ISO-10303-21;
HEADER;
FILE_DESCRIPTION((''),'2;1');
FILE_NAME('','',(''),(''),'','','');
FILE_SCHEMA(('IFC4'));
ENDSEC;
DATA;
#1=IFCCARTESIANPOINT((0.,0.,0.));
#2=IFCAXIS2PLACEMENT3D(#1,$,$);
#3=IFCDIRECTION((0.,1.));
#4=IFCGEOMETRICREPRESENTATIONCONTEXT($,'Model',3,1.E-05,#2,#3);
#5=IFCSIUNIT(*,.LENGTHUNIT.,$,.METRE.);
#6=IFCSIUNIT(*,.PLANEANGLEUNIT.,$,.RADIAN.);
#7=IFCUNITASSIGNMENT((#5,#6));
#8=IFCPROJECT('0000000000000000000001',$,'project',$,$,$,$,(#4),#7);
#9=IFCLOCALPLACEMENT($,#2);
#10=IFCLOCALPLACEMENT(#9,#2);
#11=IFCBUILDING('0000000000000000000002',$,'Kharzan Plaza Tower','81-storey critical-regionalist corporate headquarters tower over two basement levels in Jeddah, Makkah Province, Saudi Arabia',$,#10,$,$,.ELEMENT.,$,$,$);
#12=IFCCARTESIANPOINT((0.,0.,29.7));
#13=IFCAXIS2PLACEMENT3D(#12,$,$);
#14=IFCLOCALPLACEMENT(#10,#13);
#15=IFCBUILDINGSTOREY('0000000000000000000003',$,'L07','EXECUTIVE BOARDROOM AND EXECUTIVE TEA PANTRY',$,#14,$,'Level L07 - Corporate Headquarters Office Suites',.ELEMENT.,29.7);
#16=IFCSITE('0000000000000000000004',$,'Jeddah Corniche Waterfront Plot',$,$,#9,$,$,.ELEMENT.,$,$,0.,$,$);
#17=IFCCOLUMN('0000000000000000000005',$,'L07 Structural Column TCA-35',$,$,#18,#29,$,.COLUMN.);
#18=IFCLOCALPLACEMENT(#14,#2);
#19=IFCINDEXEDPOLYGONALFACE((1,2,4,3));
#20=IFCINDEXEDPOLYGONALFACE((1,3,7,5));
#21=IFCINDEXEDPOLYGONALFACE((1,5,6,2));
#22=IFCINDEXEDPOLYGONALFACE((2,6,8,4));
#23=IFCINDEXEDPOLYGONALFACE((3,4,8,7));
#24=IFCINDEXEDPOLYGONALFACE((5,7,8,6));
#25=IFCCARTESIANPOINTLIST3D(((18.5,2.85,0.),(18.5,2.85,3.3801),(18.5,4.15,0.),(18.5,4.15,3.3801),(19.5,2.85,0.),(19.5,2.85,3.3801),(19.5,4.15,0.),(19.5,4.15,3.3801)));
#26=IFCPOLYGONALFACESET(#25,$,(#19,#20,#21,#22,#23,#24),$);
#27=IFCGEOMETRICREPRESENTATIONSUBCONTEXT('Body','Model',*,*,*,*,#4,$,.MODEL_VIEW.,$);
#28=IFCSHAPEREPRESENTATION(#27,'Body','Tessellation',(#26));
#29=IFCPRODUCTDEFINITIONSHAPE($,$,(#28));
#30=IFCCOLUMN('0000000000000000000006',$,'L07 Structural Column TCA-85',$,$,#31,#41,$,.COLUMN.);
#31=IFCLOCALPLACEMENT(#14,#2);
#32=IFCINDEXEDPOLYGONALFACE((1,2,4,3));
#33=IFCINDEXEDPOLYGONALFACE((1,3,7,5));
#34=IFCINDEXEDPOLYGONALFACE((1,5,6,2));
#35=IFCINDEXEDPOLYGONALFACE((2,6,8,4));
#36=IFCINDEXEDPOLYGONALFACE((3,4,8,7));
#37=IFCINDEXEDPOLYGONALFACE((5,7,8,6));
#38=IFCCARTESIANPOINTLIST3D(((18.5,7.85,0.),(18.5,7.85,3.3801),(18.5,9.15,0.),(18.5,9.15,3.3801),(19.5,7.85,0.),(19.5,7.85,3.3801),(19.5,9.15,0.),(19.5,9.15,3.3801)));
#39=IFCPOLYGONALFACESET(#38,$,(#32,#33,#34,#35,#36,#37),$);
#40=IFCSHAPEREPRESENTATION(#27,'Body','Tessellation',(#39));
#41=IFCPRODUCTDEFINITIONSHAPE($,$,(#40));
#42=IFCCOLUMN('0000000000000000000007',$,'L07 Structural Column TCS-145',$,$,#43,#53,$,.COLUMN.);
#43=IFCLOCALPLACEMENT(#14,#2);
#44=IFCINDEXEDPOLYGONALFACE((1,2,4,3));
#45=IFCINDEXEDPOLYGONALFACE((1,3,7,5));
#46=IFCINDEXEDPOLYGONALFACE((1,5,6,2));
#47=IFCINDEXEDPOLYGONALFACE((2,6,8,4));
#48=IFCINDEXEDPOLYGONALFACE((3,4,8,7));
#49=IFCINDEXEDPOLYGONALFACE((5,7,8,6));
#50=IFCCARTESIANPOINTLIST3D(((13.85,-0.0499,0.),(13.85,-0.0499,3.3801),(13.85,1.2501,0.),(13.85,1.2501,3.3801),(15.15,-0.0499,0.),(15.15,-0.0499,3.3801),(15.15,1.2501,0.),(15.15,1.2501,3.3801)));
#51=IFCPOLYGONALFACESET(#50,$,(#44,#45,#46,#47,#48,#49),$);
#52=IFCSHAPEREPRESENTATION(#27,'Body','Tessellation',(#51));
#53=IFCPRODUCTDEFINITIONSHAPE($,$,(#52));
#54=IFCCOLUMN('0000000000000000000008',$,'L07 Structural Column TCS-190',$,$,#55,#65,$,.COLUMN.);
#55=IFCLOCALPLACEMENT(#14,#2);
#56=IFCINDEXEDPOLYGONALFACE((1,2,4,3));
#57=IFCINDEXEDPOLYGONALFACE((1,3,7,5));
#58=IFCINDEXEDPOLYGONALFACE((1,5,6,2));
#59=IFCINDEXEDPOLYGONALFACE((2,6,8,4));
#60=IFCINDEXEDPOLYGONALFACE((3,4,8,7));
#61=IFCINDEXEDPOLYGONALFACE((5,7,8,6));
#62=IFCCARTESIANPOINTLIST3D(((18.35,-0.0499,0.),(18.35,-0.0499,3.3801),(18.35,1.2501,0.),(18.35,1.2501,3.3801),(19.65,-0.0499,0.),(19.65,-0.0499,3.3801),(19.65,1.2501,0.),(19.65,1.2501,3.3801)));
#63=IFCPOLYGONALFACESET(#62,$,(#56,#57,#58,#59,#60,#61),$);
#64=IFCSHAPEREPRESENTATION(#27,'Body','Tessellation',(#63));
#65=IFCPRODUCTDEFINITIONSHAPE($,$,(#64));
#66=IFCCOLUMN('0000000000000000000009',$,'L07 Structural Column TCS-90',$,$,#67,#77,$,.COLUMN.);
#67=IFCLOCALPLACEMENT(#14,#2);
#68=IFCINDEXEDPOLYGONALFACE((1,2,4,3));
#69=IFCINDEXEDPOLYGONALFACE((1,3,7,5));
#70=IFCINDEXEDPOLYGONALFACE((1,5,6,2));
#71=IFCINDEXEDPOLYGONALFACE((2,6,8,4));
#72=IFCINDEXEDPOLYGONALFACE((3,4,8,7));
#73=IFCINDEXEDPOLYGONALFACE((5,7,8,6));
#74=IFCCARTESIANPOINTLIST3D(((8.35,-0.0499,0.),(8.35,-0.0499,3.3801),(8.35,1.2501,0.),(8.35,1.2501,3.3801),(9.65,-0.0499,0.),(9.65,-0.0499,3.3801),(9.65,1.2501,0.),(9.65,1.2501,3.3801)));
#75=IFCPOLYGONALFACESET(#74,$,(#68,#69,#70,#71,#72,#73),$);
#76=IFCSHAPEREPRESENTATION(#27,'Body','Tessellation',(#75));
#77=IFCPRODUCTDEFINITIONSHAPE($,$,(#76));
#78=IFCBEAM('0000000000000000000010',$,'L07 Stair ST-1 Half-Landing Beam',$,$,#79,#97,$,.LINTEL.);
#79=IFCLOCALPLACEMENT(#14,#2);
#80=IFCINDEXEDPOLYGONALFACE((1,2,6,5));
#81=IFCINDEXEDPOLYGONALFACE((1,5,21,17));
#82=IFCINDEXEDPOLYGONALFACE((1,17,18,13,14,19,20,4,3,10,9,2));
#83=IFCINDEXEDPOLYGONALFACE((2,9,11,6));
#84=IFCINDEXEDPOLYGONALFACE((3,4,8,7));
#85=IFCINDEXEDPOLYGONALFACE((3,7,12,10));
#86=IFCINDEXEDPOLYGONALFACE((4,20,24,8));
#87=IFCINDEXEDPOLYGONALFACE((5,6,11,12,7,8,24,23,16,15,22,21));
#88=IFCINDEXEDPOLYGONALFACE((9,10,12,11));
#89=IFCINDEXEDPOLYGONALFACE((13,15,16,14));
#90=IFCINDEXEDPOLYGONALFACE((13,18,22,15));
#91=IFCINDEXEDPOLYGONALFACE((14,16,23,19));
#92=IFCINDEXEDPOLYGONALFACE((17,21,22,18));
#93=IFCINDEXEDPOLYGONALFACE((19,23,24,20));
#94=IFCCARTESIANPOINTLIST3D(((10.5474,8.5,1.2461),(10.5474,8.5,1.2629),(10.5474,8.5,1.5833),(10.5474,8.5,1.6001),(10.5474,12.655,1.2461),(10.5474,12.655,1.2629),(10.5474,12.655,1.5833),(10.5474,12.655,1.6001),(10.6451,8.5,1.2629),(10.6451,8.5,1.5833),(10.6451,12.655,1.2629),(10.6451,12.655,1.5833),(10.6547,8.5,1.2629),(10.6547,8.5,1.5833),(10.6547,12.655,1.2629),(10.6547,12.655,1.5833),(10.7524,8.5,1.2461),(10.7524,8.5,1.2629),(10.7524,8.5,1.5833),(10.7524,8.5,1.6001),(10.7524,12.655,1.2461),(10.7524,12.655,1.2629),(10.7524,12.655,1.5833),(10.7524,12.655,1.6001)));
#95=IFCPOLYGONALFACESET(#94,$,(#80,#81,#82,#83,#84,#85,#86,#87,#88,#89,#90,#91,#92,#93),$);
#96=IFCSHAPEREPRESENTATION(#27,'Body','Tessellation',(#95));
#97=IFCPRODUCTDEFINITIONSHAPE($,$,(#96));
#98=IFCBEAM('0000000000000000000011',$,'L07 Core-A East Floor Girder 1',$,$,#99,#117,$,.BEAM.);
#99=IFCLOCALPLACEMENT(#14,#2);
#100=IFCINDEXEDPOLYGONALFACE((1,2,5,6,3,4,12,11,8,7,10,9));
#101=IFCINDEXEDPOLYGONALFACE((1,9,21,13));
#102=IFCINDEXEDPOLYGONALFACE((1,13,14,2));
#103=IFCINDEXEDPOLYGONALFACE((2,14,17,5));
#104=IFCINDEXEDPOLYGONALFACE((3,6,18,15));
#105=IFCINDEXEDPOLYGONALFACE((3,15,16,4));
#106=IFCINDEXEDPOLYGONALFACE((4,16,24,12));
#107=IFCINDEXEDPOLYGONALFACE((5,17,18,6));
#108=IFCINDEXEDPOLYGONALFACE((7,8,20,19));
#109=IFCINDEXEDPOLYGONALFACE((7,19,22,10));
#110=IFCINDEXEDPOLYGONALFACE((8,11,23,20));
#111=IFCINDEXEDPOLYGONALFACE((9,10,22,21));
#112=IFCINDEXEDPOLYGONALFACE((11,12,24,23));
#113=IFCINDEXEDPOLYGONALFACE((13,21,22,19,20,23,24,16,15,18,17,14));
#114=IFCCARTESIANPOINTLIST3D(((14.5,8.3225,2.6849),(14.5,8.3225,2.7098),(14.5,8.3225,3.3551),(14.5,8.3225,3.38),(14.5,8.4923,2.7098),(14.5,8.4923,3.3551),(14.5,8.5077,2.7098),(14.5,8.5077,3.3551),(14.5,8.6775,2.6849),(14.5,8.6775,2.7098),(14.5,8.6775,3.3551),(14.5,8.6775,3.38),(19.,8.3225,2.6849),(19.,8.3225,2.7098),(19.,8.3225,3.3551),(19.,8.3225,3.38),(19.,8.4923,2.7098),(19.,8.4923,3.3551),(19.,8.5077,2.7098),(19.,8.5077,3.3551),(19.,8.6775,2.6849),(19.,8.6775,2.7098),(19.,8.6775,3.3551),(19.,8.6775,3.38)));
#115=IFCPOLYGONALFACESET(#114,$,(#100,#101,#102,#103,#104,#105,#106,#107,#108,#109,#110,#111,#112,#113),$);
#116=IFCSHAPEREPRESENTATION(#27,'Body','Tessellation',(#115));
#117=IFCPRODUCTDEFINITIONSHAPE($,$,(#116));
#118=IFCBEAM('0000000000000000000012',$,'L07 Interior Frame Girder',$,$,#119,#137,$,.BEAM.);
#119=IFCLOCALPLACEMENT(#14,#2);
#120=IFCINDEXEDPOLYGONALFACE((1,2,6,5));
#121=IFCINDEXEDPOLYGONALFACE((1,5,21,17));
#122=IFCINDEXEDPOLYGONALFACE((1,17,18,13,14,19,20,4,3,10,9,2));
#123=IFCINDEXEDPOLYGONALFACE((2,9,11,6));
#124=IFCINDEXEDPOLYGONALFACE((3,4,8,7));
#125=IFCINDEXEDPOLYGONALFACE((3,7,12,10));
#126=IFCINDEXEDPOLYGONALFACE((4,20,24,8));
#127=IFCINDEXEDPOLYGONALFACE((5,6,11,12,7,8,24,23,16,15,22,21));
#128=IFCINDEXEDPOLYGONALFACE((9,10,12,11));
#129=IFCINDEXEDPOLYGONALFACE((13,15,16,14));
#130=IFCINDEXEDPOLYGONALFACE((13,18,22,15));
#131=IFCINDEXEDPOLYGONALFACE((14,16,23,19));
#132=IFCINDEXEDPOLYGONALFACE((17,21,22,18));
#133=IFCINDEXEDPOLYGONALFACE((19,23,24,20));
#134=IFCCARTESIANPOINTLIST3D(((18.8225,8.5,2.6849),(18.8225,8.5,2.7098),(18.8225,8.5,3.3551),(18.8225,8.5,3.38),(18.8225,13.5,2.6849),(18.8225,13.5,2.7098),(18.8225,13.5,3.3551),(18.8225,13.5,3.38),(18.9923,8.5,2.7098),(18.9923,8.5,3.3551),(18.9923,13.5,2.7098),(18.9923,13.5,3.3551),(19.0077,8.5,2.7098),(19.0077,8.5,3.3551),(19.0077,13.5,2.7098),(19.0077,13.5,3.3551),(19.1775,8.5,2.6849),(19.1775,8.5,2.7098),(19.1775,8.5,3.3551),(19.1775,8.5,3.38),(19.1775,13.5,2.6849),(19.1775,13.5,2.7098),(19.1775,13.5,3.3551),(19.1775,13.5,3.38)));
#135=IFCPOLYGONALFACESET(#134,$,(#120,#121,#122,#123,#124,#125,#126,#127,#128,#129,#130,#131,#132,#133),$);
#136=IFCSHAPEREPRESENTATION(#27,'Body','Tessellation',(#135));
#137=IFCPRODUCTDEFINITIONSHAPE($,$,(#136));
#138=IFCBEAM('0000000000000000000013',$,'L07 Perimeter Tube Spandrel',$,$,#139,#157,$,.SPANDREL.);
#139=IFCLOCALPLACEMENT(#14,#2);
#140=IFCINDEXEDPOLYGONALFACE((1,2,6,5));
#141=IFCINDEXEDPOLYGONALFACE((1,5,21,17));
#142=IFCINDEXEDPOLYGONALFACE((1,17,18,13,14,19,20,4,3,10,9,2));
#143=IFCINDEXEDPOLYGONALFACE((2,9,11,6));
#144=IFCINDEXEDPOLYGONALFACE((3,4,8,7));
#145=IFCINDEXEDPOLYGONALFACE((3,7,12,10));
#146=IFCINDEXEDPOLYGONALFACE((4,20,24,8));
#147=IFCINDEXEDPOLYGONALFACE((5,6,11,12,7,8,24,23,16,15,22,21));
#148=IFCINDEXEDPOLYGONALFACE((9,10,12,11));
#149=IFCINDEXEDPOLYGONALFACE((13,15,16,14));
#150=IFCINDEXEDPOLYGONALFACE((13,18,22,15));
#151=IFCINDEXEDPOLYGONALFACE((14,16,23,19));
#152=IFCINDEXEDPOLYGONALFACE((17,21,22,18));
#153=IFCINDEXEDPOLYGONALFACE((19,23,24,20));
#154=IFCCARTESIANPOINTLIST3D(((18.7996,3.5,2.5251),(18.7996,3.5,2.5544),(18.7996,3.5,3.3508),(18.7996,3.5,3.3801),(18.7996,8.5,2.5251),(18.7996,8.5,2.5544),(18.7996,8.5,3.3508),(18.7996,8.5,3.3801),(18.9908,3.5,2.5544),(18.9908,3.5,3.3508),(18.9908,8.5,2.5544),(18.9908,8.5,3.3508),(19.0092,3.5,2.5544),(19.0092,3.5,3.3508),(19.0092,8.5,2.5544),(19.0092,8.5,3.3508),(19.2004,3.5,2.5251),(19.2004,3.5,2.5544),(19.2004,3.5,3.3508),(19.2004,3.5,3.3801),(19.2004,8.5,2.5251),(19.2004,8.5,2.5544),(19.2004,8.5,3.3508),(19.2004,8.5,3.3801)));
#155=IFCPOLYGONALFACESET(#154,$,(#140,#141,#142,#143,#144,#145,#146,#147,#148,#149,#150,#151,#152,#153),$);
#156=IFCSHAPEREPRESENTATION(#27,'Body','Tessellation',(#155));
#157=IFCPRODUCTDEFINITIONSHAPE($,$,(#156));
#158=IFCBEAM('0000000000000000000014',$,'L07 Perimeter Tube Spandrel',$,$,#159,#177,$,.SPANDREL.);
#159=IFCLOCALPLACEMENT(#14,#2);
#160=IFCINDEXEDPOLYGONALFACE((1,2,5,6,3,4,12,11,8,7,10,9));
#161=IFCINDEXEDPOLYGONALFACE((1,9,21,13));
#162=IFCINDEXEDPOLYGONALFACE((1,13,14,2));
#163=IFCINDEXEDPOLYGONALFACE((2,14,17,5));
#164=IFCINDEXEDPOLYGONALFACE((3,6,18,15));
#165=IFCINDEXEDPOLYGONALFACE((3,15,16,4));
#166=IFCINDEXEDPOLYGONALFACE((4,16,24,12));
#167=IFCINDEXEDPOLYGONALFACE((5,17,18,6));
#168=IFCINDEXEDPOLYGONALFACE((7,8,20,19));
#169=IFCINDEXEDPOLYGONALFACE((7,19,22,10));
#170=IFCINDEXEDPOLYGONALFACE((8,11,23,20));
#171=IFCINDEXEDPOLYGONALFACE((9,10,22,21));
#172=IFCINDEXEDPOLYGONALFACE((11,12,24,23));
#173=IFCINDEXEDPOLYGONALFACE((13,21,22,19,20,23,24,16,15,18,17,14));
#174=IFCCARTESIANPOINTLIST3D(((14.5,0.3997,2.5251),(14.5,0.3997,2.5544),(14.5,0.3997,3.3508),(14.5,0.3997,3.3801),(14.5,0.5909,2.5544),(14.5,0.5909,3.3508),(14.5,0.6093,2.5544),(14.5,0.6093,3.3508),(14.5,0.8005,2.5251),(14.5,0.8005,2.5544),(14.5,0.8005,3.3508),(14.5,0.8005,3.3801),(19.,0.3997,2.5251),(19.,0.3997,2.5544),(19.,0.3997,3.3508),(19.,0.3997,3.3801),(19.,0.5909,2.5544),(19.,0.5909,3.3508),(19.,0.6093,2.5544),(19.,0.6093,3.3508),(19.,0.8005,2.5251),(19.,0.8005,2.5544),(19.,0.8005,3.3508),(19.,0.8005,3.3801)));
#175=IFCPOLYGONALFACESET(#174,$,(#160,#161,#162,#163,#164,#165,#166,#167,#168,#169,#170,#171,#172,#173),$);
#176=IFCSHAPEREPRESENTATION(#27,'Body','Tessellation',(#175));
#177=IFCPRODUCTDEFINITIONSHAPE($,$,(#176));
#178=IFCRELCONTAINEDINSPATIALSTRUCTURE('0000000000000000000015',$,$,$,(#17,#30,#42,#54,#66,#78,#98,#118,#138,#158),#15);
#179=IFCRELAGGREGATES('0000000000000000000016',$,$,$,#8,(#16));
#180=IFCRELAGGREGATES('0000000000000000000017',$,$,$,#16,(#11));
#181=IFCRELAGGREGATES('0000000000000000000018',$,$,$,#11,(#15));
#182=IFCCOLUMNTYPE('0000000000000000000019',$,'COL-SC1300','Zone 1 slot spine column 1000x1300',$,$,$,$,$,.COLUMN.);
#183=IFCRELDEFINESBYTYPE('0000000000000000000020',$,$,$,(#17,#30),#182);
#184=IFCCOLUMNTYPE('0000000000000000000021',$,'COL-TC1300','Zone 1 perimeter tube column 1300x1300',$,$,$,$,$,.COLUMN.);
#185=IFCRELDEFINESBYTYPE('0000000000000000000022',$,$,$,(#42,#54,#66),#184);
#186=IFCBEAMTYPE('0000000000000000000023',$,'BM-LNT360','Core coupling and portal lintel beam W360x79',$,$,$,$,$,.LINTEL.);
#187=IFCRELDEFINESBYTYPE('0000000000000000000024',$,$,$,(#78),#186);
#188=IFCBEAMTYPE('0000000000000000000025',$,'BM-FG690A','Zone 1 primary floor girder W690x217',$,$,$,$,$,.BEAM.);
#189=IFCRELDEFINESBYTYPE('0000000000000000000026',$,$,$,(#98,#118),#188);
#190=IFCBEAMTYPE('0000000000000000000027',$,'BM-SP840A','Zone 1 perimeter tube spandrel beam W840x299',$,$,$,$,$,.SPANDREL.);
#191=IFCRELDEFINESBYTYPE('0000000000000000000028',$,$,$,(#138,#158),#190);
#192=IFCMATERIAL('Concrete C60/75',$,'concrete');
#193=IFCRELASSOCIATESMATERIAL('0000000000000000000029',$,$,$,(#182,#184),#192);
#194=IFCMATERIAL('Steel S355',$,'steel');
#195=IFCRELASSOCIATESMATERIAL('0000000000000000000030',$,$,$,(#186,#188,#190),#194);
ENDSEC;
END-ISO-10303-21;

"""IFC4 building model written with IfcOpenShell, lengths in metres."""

from ifc_helpers import new_model, si_unit, direction, frame, origin, origin_2d, place, context, subcontext, project, spatial, rectangle, i_section, extrude, source, transform, mapped, material, material_profile, profile_set, type_object, element, save


model = new_model("IFC4")

# Units and contexts
model_context = context("Model", 3, precision=1e-05, world=origin(), true_north=direction((0.0, 1.0)))
body_context = subcontext(model_context, "Body", "Model", "MODEL_VIEW")
ifc_project = project(units=[si_unit("LENGTHUNIT", "METRE"), si_unit("PLANEANGLEUNIT", "RADIAN")], contexts=[model_context])

# Site, building, storey
site_placement = place(None, origin())
site = spatial("IfcSite", under=ifc_project, at=site_placement, Name="Jeddah Corniche Waterfront Plot", CompositionType="ELEMENT", RefElevation=0.0)
building_placement = place(site_placement, origin())
building = spatial("IfcBuilding", under=site, at=building_placement, Name="Kharzan Plaza Tower", Description="81-storey critical-regionalist corporate headquarters tower over two basement levels in Jeddah, Makkah Province, Saudi Arabia", CompositionType="ELEMENT")
storey_placement = place(building_placement, frame((0.0, 0.0, 29.7)))
storey = spatial("IfcBuildingStorey", under=building, at=storey_placement, Name="L07", Description="EXECUTIVE BOARDROOM AND EXECUTIVE TEA PANTRY", LongName="Level L07 - Corporate Headquarters Office Suites", CompositionType="ELEMENT", Elevation=29.7)

# Columns
ifc_material_1 = material(Name="Concrete C60/75", Category="concrete")
ifc_material_profile_1 = material_profile(ifc_material_1, rectangle(XDim=1.0, YDim=1.3, at=origin_2d()), Name="RC-SC1300x1000")
ifc_profile_set_1 = profile_set([ifc_material_profile_1], Name="Concrete C60/75")
column_type_1 = type_object("IfcColumnType", Name="COL-SC1300", Description="Zone 1 slot spine column 1000x1300", PredefinedType="COLUMN", material=ifc_profile_set_1)
shared_shape_1 = source(origin(), body_context, "Body", "SweptSolid", [
    extrude(rectangle(XDim=1.0, YDim=1.3, at=origin_2d()), origin(), (0.0, 0.0, 1.0), 3.3801),
])
for number, where, z_axis, x_axis, name in (
    (1, (19.0, 3.5, 0.0), (0.0, 0.0, 1.0), (1.0, 0.0, 0.0), "L07 Structural Column TCA-35"),
    (2, (19.0, 8.5, 0.0), (0.0, 0.0, 1.0), (1.0, 0.0, 0.0), "L07 Structural Column TCA-85"),
):
    element("IfcColumn", number, at=place(storey_placement, frame(where, z_axis=z_axis, x_axis=x_axis)), inside=storey, type_object=column_type_1, Name=name, PredefinedType="COLUMN", context=body_context, shape_type="MappedRepresentation", body=[
        mapped(shared_shape_1, transform((0.0, 0.0, 0.0), x_axis=(1.0, 0.0, 0.0), y_axis=(0.0, 1.0, 0.0), z_axis=(0.0, 0.0, 1.0))),
    ])
ifc_material_profile_2 = material_profile(ifc_material_1, rectangle(XDim=1.3, YDim=1.3, at=origin_2d()), Name="RC-TC1300x1300")
ifc_profile_set_2 = profile_set([ifc_material_profile_2], Name="Concrete C60/75")
column_type_2 = type_object("IfcColumnType", Name="COL-TC1300", Description="Zone 1 perimeter tube column 1300x1300", PredefinedType="COLUMN", material=ifc_profile_set_2)
shared_shape_2 = source(origin(), body_context, "Body", "SweptSolid", [
    extrude(rectangle(XDim=1.3, YDim=1.3, at=origin_2d()), origin(), (0.0, 0.0, 1.0), 3.3801),
])
for number, where, z_axis, x_axis, name in (
    (3, (14.5, 0.6001, 0.0), (0.0, 0.0, 1.0), (1.0, 0.0, 0.0), "L07 Structural Column TCS-145"),
    (4, (19.0, 0.6001, 0.0), (0.0, 0.0, 1.0), (1.0, 0.0, 0.0), "L07 Structural Column TCS-190"),
    (5, (9.0, 0.6001, 0.0), (0.0, 0.0, 1.0), (1.0, 0.0, 0.0), "L07 Structural Column TCS-90"),
):
    element("IfcColumn", number, at=place(storey_placement, frame(where, z_axis=z_axis, x_axis=x_axis)), inside=storey, type_object=column_type_2, Name=name, PredefinedType="COLUMN", context=body_context, shape_type="MappedRepresentation", body=[
        mapped(shared_shape_2, transform((0.0, 0.0, 0.0), x_axis=(1.0, 0.0, 0.0), y_axis=(0.0, 1.0, 0.0), z_axis=(0.0, 0.0, 1.0))),
    ])

# Beams
ifc_material_2 = material(Name="Steel S355", Category="steel")
ifc_material_profile_3 = material_profile(ifc_material_2, i_section(OverallWidth=0.2051, OverallDepth=0.354, WebThickness=0.0095, FlangeThickness=0.0168, at=origin_2d()), Name="W360x79")
ifc_profile_set_3 = profile_set([ifc_material_profile_3], Name="Steel S355")
beam_type_1 = type_object("IfcBeamType", Name="BM-LNT360", Description="Core coupling and portal lintel beam W360x79", PredefinedType="LINTEL", material=ifc_profile_set_3)
shared_shape_3 = source(origin(), body_context, "Body", "SweptSolid", [
    extrude(i_section(OverallWidth=0.2051, OverallDepth=0.354, WebThickness=0.0095, FlangeThickness=0.0168, at=origin_2d()), origin(), (0.0, 0.0, 1.0), 4.155),
])
beam_1_placement = place(storey_placement, frame((10.6499, 8.5, 1.4231), z_axis=(0.0, 1.0, 0.0), x_axis=(-1.0, 0.0, 0.0)))
element("IfcBeam", 6, at=beam_1_placement, inside=storey, type_object=beam_type_1, Name="L07 Stair ST-1 Half-Landing Beam", PredefinedType="LINTEL", context=body_context, shape_type="MappedRepresentation", body=[
    mapped(shared_shape_3, transform((0.0, 0.0, 0.0), x_axis=(1.0, 0.0, 0.0), y_axis=(0.0, 1.0, 0.0), z_axis=(0.0, 0.0, 1.0))),
])
ifc_material_profile_4 = material_profile(ifc_material_2, i_section(OverallWidth=0.355, OverallDepth=0.6951, WebThickness=0.0154, FlangeThickness=0.0249, at=origin_2d()), Name="W690x217")
ifc_profile_set_4 = profile_set([ifc_material_profile_4], Name="Steel S355")
beam_type_2 = type_object("IfcBeamType", Name="BM-FG690A", Description="Zone 1 primary floor girder W690x217", PredefinedType="BEAM", material=ifc_profile_set_4)
shared_shape_4 = source(origin(), body_context, "Body", "SweptSolid", [
    extrude(i_section(OverallWidth=0.355, OverallDepth=0.6951, WebThickness=0.0154, FlangeThickness=0.0249, at=origin_2d()), origin(), (0.0, 0.0, 1.0), 4.5),
])
beam_2_placement = place(storey_placement, frame((14.5, 8.5, 3.0325), z_axis=(1.0, 0.0, 0.0), x_axis=(0.0, 1.0, 0.0)))
element("IfcBeam", 7, at=beam_2_placement, inside=storey, type_object=beam_type_2, Name="L07 Core-A East Floor Girder 1", PredefinedType="BEAM", context=body_context, shape_type="MappedRepresentation", body=[
    mapped(shared_shape_4, transform((0.0, 0.0, 0.0), x_axis=(1.0, 0.0, 0.0), y_axis=(0.0, 1.0, 0.0), z_axis=(0.0, 0.0, 1.0))),
])
shared_shape_5 = source(origin(), body_context, "Body", "SweptSolid", [
    extrude(i_section(OverallWidth=0.355, OverallDepth=0.6951, WebThickness=0.0154, FlangeThickness=0.0249, at=origin_2d()), origin(), (0.0, 0.0, 1.0), 5.0),
])
beam_3_placement = place(storey_placement, frame((19.0, 8.5, 3.0325), z_axis=(0.0, 1.0, 0.0), x_axis=(-1.0, 0.0, 0.0)))
element("IfcBeam", 8, at=beam_3_placement, inside=storey, type_object=beam_type_2, Name="L07 Interior Frame Girder", PredefinedType="BEAM", context=body_context, shape_type="MappedRepresentation", body=[
    mapped(shared_shape_5, transform((0.0, 0.0, 0.0), x_axis=(1.0, 0.0, 0.0), y_axis=(0.0, 1.0, 0.0), z_axis=(0.0, 0.0, 1.0))),
])
ifc_material_profile_5 = material_profile(ifc_material_2, i_section(OverallWidth=0.4009, OverallDepth=0.855, WebThickness=0.0183, FlangeThickness=0.0293, at=origin_2d()), Name="W840x299")
ifc_profile_set_5 = profile_set([ifc_material_profile_5], Name="Steel S355")
beam_type_3 = type_object("IfcBeamType", Name="BM-SP840A", Description="Zone 1 perimeter tube spandrel beam W840x299", PredefinedType="SPANDREL", material=ifc_profile_set_5)
shared_shape_6 = source(origin(), body_context, "Body", "SweptSolid", [
    extrude(i_section(OverallWidth=0.4009, OverallDepth=0.855, WebThickness=0.0183, FlangeThickness=0.0293, at=origin_2d()), origin(), (0.0, 0.0, 1.0), 5.0),
])
beam_4_placement = place(storey_placement, frame((19.0, 3.5, 2.9526), z_axis=(0.0, 1.0, 0.0), x_axis=(-1.0, 0.0, 0.0)))
element("IfcBeam", 9, at=beam_4_placement, inside=storey, type_object=beam_type_3, Name="L07 Perimeter Tube Spandrel", PredefinedType="SPANDREL", context=body_context, shape_type="MappedRepresentation", body=[
    mapped(shared_shape_6, transform((0.0, 0.0, 0.0), x_axis=(1.0, 0.0, 0.0), y_axis=(0.0, 1.0, 0.0), z_axis=(0.0, 0.0, 1.0))),
])
shared_shape_7 = source(origin(), body_context, "Body", "SweptSolid", [
    extrude(i_section(OverallWidth=0.4009, OverallDepth=0.855, WebThickness=0.0183, FlangeThickness=0.0293, at=origin_2d()), origin(), (0.0, 0.0, 1.0), 4.5),
])
beam_5_placement = place(storey_placement, frame((14.5, 0.6001, 2.9526), z_axis=(1.0, 0.0, 0.0), x_axis=(0.0, 1.0, 0.0)))
element("IfcBeam", 10, at=beam_5_placement, inside=storey, type_object=beam_type_3, Name="L07 Perimeter Tube Spandrel", PredefinedType="SPANDREL", context=body_context, shape_type="MappedRepresentation", body=[
    mapped(shared_shape_7, transform((0.0, 0.0, 0.0), x_axis=(1.0, 0.0, 0.0), y_axis=(0.0, 1.0, 0.0), z_axis=(0.0, 0.0, 1.0))),
])

save(model, "model.ifc")
